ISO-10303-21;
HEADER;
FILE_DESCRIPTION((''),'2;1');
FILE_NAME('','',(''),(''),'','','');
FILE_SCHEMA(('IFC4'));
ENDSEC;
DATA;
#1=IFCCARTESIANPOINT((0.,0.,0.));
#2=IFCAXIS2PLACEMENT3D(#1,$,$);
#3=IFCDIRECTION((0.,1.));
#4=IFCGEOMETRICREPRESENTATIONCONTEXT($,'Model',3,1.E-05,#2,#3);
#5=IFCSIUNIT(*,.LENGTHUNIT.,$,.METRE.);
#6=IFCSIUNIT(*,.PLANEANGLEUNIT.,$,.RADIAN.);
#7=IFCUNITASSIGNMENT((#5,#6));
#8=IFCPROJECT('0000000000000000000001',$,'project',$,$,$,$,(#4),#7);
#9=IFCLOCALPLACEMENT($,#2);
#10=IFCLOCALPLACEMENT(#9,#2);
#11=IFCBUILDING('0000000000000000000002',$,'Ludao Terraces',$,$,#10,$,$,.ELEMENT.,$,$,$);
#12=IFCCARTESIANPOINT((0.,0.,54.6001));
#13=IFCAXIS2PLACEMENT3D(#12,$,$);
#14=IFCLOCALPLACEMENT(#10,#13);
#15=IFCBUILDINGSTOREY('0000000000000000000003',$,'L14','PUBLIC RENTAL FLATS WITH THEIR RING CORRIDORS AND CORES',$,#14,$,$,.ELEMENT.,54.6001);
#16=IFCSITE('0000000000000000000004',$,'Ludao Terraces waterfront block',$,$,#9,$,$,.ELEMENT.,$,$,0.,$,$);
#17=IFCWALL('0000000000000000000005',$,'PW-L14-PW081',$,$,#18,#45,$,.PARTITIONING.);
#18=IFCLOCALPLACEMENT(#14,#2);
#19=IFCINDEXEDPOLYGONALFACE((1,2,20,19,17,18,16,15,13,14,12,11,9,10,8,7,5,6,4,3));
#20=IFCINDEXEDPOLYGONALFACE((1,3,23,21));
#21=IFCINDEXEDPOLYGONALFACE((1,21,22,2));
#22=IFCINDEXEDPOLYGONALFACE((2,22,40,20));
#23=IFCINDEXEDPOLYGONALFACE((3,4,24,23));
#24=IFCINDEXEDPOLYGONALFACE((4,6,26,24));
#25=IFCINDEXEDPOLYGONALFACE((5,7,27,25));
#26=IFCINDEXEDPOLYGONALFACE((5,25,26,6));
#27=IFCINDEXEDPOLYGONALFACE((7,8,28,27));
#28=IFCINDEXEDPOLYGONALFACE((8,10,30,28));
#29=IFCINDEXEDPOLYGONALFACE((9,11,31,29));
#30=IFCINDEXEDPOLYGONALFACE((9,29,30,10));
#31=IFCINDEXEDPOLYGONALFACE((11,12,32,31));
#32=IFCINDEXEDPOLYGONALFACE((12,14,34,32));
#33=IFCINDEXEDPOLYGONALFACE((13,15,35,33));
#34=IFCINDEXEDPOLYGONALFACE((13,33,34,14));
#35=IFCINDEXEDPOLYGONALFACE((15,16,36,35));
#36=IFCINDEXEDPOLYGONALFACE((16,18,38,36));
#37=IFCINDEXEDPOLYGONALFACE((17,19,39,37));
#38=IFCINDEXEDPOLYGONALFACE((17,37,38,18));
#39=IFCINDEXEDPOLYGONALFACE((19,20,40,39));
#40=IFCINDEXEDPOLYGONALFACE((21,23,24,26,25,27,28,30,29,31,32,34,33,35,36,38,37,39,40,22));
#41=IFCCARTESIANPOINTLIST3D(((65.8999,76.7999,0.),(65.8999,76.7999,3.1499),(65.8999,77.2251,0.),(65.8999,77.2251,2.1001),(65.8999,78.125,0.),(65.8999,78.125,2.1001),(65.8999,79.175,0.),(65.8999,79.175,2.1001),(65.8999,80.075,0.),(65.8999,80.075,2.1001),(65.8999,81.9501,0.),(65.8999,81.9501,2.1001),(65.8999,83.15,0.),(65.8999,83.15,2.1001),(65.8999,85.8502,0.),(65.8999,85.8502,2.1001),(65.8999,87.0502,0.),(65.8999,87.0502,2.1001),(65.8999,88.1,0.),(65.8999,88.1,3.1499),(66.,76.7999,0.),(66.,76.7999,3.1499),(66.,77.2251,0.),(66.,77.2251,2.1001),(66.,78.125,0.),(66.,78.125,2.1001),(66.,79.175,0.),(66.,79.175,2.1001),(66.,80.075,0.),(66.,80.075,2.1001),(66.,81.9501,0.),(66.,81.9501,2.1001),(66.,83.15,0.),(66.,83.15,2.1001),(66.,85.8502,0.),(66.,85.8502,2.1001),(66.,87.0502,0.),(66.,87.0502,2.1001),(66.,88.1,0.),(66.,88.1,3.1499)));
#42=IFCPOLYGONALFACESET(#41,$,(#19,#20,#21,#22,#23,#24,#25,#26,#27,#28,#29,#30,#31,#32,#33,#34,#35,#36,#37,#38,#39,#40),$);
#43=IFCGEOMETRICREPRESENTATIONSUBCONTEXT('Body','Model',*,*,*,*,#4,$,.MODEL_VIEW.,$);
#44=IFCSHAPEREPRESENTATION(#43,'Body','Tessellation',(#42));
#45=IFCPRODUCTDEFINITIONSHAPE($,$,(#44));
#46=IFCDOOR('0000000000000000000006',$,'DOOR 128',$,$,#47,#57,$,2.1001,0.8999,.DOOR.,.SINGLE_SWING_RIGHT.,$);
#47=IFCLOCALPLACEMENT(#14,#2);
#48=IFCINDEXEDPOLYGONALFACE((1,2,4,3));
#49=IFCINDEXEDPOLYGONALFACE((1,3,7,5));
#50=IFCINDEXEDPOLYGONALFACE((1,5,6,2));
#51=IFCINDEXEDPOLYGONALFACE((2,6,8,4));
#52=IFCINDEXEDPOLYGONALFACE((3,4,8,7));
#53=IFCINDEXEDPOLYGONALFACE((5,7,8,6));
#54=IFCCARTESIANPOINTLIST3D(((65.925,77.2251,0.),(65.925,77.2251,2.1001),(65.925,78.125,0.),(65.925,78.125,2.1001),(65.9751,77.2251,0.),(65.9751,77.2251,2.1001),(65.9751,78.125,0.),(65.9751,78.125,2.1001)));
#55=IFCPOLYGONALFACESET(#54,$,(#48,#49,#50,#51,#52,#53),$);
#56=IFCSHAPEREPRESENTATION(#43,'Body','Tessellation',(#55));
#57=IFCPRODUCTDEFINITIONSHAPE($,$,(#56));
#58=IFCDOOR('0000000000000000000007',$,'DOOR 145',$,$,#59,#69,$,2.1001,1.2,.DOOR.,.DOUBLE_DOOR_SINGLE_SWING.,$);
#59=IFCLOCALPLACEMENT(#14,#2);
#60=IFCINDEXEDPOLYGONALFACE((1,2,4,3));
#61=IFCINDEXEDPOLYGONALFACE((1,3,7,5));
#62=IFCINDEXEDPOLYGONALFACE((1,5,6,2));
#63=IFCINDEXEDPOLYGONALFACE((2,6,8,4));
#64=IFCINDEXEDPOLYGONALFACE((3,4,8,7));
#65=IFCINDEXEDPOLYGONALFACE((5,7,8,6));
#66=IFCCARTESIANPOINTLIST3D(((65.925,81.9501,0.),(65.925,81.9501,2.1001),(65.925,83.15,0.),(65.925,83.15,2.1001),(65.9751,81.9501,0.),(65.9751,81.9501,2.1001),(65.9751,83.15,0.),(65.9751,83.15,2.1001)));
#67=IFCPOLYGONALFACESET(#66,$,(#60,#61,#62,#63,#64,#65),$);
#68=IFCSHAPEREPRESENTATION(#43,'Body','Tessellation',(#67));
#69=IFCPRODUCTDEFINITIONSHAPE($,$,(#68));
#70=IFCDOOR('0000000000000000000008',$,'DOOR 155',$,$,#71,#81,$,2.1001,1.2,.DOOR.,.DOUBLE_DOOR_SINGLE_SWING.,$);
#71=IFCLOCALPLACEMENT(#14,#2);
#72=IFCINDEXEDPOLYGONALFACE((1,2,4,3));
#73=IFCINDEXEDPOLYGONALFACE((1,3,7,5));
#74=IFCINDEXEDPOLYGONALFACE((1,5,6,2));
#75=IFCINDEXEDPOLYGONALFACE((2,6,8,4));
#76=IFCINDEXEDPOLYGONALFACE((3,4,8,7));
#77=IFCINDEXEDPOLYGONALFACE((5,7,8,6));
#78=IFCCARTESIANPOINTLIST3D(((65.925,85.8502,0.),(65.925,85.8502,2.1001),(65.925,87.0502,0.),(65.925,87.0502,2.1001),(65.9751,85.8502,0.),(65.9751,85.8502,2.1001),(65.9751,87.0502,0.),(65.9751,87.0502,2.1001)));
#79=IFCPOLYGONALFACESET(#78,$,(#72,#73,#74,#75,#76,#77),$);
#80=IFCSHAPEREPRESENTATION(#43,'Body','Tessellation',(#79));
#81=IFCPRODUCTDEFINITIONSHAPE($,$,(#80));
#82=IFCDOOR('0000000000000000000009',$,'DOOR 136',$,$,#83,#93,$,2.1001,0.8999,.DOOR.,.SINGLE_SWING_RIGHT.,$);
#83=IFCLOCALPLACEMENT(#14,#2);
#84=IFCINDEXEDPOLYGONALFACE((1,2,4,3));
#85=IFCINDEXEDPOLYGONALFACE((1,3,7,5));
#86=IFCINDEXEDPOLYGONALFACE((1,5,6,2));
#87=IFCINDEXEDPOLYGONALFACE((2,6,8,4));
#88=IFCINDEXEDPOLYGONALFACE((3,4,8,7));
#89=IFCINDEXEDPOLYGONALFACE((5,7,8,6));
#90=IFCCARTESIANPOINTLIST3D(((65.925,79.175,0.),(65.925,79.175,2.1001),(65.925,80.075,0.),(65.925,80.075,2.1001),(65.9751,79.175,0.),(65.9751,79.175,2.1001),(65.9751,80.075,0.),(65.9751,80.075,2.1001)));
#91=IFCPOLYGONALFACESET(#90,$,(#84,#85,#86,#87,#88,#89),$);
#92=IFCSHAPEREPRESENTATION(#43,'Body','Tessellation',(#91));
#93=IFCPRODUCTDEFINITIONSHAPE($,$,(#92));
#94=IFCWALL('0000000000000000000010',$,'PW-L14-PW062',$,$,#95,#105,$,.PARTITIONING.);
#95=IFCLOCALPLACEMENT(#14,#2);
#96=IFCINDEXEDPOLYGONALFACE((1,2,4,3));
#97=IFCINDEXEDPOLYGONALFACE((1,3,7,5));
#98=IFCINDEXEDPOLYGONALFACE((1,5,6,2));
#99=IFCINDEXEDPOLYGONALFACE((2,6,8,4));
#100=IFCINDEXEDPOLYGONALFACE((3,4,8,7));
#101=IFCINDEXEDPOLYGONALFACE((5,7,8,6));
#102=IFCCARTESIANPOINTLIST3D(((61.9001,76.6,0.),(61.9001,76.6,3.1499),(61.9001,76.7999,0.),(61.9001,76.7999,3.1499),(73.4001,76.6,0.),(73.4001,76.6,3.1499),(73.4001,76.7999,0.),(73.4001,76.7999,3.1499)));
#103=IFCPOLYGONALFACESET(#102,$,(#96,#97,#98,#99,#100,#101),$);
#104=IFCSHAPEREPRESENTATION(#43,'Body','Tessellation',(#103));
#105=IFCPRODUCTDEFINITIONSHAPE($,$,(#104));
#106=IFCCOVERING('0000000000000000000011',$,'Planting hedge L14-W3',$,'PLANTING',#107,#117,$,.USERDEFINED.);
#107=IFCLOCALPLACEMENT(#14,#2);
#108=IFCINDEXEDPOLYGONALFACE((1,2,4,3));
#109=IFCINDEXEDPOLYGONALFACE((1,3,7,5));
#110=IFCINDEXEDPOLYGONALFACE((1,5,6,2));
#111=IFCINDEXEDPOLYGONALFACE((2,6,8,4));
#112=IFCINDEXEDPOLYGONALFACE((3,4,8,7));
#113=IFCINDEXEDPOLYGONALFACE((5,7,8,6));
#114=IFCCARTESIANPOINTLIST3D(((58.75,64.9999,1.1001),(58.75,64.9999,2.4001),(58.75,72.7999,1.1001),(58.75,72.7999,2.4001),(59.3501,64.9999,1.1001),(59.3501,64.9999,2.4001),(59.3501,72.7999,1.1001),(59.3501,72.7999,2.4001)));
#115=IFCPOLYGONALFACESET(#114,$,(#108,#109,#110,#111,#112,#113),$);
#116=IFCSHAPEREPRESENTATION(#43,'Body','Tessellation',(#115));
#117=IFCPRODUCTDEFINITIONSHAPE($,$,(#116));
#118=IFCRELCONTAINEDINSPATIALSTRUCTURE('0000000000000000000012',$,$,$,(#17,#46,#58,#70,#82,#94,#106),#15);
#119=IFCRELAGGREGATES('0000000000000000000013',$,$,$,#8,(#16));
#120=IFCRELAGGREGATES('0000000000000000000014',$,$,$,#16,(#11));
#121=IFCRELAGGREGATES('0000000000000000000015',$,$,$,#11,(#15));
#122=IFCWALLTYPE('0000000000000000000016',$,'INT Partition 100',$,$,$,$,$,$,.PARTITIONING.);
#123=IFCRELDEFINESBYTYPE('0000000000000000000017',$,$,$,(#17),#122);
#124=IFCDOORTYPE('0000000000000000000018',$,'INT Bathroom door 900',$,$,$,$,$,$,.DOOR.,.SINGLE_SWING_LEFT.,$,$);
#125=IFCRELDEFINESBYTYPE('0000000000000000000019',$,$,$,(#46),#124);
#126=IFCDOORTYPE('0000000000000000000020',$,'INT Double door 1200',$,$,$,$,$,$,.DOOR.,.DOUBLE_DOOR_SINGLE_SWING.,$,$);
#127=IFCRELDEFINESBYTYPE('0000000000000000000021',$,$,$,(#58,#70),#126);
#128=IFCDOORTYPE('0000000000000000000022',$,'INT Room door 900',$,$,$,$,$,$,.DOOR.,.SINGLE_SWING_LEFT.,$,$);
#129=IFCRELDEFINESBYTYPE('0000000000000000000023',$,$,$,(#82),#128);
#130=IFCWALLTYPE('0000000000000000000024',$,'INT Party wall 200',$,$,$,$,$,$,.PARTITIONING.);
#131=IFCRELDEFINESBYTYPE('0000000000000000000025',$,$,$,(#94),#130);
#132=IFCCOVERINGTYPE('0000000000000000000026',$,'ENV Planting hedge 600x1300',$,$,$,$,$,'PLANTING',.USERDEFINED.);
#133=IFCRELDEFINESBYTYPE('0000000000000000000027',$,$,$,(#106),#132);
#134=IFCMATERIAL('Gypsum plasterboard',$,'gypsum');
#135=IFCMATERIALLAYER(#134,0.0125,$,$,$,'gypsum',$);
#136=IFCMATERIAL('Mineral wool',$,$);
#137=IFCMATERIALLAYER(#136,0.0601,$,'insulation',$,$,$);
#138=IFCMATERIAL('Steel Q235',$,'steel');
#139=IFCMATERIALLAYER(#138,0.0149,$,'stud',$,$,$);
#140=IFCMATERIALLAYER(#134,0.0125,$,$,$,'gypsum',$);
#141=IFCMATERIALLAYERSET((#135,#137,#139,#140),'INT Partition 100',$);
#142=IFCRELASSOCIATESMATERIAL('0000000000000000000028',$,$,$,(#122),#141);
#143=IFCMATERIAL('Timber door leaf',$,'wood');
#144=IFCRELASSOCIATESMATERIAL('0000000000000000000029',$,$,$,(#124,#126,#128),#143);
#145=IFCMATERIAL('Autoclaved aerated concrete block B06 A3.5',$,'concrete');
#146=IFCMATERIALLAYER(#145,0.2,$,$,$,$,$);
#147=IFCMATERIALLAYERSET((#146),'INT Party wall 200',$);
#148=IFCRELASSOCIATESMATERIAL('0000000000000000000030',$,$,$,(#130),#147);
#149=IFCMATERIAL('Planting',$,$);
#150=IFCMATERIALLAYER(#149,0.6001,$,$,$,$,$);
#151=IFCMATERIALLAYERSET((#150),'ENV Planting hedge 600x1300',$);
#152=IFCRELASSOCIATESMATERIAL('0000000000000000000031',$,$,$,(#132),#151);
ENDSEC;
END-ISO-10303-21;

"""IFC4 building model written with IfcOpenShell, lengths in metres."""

from ifc_helpers import new_model, si_unit, direction, frame, frame_2d, origin, origin_2d, place, context, subcontext, project, spatial, rectangle, extrude, material, layer, layer_set, type_object, element, fill, save


model = new_model("IFC4")

# Units and contexts
model_context = context("Model", 3, precision=1e-05, world=origin(), true_north=direction((0.0, 1.0)))
body_context = subcontext(model_context, "Body", "Model", "MODEL_VIEW")
ifc_project = project(units=[si_unit("LENGTHUNIT", "METRE"), si_unit("PLANEANGLEUNIT", "RADIAN")], contexts=[model_context])

# Site, building, storey
site_placement = place(None, origin())
site = spatial("IfcSite", under=ifc_project, at=site_placement, Name="Ludao Terraces waterfront block", CompositionType="ELEMENT", RefElevation=0.0)
building_placement = place(site_placement, origin())
building = spatial("IfcBuilding", under=site, at=building_placement, Name="Ludao Terraces", CompositionType="ELEMENT")
storey_placement = place(building_placement, frame((0.0, 0.0, 54.6001)))
storey = spatial("IfcBuildingStorey", under=building, at=storey_placement, Name="L14", Description="PUBLIC RENTAL FLATS WITH THEIR RING CORRIDORS AND CORES", CompositionType="ELEMENT", Elevation=54.6001)

# Shared definitions
ifc_material_1 = material(Name="Mineral wool")

# Shared definitions
ifc_material_2 = material(Name="Gypsum plasterboard", Category="gypsum")
ifc_layer_1 = layer(ifc_material_2, 0.0125, Category="gypsum")
ifc_layer_2 = layer(ifc_material_1, 0.0601, Name="insulation")
ifc_material_3 = material(Name="Steel Q235", Category="steel")
ifc_layer_3 = layer(ifc_material_3, 0.0149, Name="stud")
ifc_layer_4 = layer(ifc_material_2, 0.0125, Category="gypsum")
ifc_layer_set_1 = layer_set([ifc_layer_1, ifc_layer_2, ifc_layer_3, ifc_layer_4], Name="INT Partition 100")
wall_type_1 = type_object("IfcWallType", Name="INT Partition 100", PredefinedType="PARTITIONING", material=ifc_layer_set_1)

# Wall, openings, doors
wall_1_placement = place(storey_placement, frame((65.95, 76.8, 0.0), z_axis=(0.0, 0.0, 1.0), x_axis=(0.0, 1.0, 0.0)))
wall_1 = element("IfcWall", 1, at=wall_1_placement, inside=storey, type_object=wall_type_1, Name="PW-L14-PW081", PredefinedType="PARTITIONING", context=body_context, shape_type="SweptSolid", body=[
    extrude(rectangle(XDim=11.3, YDim=0.1001, at=frame_2d((5.6499, 0.0))), origin(), (0.0, 0.0, 1.0), 3.1499),
])
opening_1_placement = place(wall_1_placement, frame((0.425, 0.0, 0.0)))
opening_1 = element("IfcOpeningElement", 2, at=opening_1_placement, cuts=wall_1, PredefinedType="OPENING", context=body_context, shape_type="SweptSolid", body=[
    extrude(rectangle(XDim=0.8999, YDim=2.1001, at=frame_2d((0.45, 1.05))), frame((0.0, 0.0601, 0.0), z_axis=(0.0, -1.0, 0.0), x_axis=(1.0, 0.0, 0.0)), (0.0, 0.0, 1.0), 0.1201),
])
opening_2_placement = place(wall_1_placement, frame((2.375, 0.0, 0.0)))
opening_2 = element("IfcOpeningElement", 3, at=opening_2_placement, cuts=wall_1, PredefinedType="OPENING", context=body_context, shape_type="SweptSolid", body=[
    extrude(rectangle(XDim=0.8999, YDim=2.1001, at=frame_2d((0.45, 1.05))), frame((0.0, 0.0601, 0.0), z_axis=(0.0, -1.0, 0.0), x_axis=(1.0, 0.0, 0.0)), (0.0, 0.0, 1.0), 0.1201),
])
opening_3_placement = place(wall_1_placement, frame((5.1499, 0.0, 0.0)))
opening_3 = element("IfcOpeningElement", 4, at=opening_3_placement, cuts=wall_1, PredefinedType="OPENING", context=body_context, shape_type="SweptSolid", body=[
    extrude(rectangle(XDim=1.2, YDim=2.1001, at=frame_2d((0.6001, 1.05))), frame((0.0, 0.0601, 0.0), z_axis=(0.0, -1.0, 0.0), x_axis=(1.0, 0.0, 0.0)), (0.0, 0.0, 1.0), 0.1201),
])
opening_4_placement = place(wall_1_placement, frame((9.05, 0.0, 0.0)))
opening_4 = element("IfcOpeningElement", 5, at=opening_4_placement, cuts=wall_1, PredefinedType="OPENING", context=body_context, shape_type="SweptSolid", body=[
    extrude(rectangle(XDim=1.2, YDim=2.1001, at=frame_2d((0.6001, 1.05))), frame((0.0, 0.0601, 0.0), z_axis=(0.0, -1.0, 0.0), x_axis=(1.0, 0.0, 0.0)), (0.0, 0.0, 1.0), 0.1201),
])
ifc_material_4 = material(Name="Timber door leaf", Category="wood")
door_type_1 = type_object("IfcDoorType", Name="INT Bathroom door 900", OperationType="SINGLE_SWING_LEFT", PredefinedType="DOOR", material=ifc_material_4)
door_1_placement = place(opening_1_placement, origin())
door_1 = element("IfcDoor", 6, at=door_1_placement, inside=storey, type_object=door_type_1, Name="DOOR 128", OperationType="SINGLE_SWING_RIGHT", OverallHeight=2.1001, OverallWidth=0.8999, PredefinedType="DOOR", context=body_context, shape_type="SweptSolid", body=[
    extrude(rectangle(XDim=0.8999, YDim=2.1001, at=frame_2d((0.45, 1.05))), frame((0.0, 0.0249, 0.0), z_axis=(0.0, -1.0, 0.0), x_axis=(1.0, 0.0, 0.0)), (0.0, 0.0, 1.0), 0.05),
])
fill(opening_1, door_1)
door_type_2 = type_object("IfcDoorType", Name="INT Double door 1200", OperationType="DOUBLE_DOOR_SINGLE_SWING", PredefinedType="DOOR", material=ifc_material_4)
door_2_placement = place(opening_3_placement, origin())
door_2 = element("IfcDoor", 7, at=door_2_placement, inside=storey, type_object=door_type_2, Name="DOOR 145", OperationType="DOUBLE_DOOR_SINGLE_SWING", OverallHeight=2.1001, OverallWidth=1.2, PredefinedType="DOOR", context=body_context, shape_type="SweptSolid", body=[
    extrude(rectangle(XDim=1.2, YDim=2.1001, at=frame_2d((0.6001, 1.05))), frame((0.0, 0.0249, 0.0), z_axis=(0.0, -1.0, 0.0), x_axis=(1.0, 0.0, 0.0)), (0.0, 0.0, 1.0), 0.05),
])
fill(opening_3, door_2)
door_3_placement = place(opening_4_placement, origin())
door_3 = element("IfcDoor", 8, at=door_3_placement, inside=storey, type_object=door_type_2, Name="DOOR 155", OperationType="DOUBLE_DOOR_SINGLE_SWING", OverallHeight=2.1001, OverallWidth=1.2, PredefinedType="DOOR", context=body_context, shape_type="SweptSolid", body=[
    extrude(rectangle(XDim=1.2, YDim=2.1001, at=frame_2d((0.6001, 1.05))), frame((0.0, 0.0249, 0.0), z_axis=(0.0, -1.0, 0.0), x_axis=(1.0, 0.0, 0.0)), (0.0, 0.0, 1.0), 0.05),
])
fill(opening_4, door_3)
door_type_3 = type_object("IfcDoorType", Name="INT Room door 900", OperationType="SINGLE_SWING_LEFT", PredefinedType="DOOR", material=ifc_material_4)
door_4_placement = place(opening_2_placement, origin())
door_4 = element("IfcDoor", 9, at=door_4_placement, inside=storey, type_object=door_type_3, Name="DOOR 136", OperationType="SINGLE_SWING_RIGHT", OverallHeight=2.1001, OverallWidth=0.8999, PredefinedType="DOOR", context=body_context, shape_type="SweptSolid", body=[
    extrude(rectangle(XDim=0.8999, YDim=2.1001, at=frame_2d((0.45, 1.05))), frame((0.0, 0.0249, 0.0), z_axis=(0.0, -1.0, 0.0), x_axis=(1.0, 0.0, 0.0)), (0.0, 0.0, 1.0), 0.05),
])
fill(opening_2, door_4)

# Wall
ifc_material_5 = material(Name="Autoclaved aerated concrete block B06 A3.5", Category="concrete")
ifc_layer_5 = layer(ifc_material_5, 0.2)
ifc_layer_set_2 = layer_set([ifc_layer_5], Name="INT Party wall 200")
wall_type_2 = type_object("IfcWallType", Name="INT Party wall 200", PredefinedType="PARTITIONING", material=ifc_layer_set_2)
wall_2_placement = place(storey_placement, frame((61.9001, 76.7, 0.0), z_axis=(0.0, 0.0, 1.0), x_axis=(1.0, 0.0, 0.0)))
element("IfcWall", 10, at=wall_2_placement, inside=storey, type_object=wall_type_2, Name="PW-L14-PW062", PredefinedType="PARTITIONING", context=body_context, shape_type="SweptSolid", body=[
    extrude(rectangle(XDim=11.5, YDim=0.2, at=frame_2d((5.75, 0.0))), origin(), (0.0, 0.0, 1.0), 3.1499),
])

# Covering
ifc_material_6 = material(Name="Planting")
ifc_layer_6 = layer(ifc_material_6, 0.6001)
ifc_layer_set_3 = layer_set([ifc_layer_6], Name="ENV Planting hedge 600x1300")
covering_type = type_object("IfcCoveringType", Name="ENV Planting hedge 600x1300", ElementType="PLANTING", PredefinedType="USERDEFINED", material=ifc_layer_set_3)
covering_placement = place(storey_placement, frame((59.05, 68.8999, 1.1001), z_axis=(0.0, 0.0, 1.0), x_axis=(1.0, 0.0, 0.0)))
element("IfcCovering", 11, at=covering_placement, inside=storey, type_object=covering_type, Name="Planting hedge L14-W3", ObjectType="PLANTING", PredefinedType="USERDEFINED", context=body_context, shape_type="SweptSolid", body=[
    extrude(rectangle(XDim=0.6001, YDim=7.8, at=origin_2d()), origin(), (0.0, 0.0, 1.0), 1.3),
])

save(model, "model.ifc")
